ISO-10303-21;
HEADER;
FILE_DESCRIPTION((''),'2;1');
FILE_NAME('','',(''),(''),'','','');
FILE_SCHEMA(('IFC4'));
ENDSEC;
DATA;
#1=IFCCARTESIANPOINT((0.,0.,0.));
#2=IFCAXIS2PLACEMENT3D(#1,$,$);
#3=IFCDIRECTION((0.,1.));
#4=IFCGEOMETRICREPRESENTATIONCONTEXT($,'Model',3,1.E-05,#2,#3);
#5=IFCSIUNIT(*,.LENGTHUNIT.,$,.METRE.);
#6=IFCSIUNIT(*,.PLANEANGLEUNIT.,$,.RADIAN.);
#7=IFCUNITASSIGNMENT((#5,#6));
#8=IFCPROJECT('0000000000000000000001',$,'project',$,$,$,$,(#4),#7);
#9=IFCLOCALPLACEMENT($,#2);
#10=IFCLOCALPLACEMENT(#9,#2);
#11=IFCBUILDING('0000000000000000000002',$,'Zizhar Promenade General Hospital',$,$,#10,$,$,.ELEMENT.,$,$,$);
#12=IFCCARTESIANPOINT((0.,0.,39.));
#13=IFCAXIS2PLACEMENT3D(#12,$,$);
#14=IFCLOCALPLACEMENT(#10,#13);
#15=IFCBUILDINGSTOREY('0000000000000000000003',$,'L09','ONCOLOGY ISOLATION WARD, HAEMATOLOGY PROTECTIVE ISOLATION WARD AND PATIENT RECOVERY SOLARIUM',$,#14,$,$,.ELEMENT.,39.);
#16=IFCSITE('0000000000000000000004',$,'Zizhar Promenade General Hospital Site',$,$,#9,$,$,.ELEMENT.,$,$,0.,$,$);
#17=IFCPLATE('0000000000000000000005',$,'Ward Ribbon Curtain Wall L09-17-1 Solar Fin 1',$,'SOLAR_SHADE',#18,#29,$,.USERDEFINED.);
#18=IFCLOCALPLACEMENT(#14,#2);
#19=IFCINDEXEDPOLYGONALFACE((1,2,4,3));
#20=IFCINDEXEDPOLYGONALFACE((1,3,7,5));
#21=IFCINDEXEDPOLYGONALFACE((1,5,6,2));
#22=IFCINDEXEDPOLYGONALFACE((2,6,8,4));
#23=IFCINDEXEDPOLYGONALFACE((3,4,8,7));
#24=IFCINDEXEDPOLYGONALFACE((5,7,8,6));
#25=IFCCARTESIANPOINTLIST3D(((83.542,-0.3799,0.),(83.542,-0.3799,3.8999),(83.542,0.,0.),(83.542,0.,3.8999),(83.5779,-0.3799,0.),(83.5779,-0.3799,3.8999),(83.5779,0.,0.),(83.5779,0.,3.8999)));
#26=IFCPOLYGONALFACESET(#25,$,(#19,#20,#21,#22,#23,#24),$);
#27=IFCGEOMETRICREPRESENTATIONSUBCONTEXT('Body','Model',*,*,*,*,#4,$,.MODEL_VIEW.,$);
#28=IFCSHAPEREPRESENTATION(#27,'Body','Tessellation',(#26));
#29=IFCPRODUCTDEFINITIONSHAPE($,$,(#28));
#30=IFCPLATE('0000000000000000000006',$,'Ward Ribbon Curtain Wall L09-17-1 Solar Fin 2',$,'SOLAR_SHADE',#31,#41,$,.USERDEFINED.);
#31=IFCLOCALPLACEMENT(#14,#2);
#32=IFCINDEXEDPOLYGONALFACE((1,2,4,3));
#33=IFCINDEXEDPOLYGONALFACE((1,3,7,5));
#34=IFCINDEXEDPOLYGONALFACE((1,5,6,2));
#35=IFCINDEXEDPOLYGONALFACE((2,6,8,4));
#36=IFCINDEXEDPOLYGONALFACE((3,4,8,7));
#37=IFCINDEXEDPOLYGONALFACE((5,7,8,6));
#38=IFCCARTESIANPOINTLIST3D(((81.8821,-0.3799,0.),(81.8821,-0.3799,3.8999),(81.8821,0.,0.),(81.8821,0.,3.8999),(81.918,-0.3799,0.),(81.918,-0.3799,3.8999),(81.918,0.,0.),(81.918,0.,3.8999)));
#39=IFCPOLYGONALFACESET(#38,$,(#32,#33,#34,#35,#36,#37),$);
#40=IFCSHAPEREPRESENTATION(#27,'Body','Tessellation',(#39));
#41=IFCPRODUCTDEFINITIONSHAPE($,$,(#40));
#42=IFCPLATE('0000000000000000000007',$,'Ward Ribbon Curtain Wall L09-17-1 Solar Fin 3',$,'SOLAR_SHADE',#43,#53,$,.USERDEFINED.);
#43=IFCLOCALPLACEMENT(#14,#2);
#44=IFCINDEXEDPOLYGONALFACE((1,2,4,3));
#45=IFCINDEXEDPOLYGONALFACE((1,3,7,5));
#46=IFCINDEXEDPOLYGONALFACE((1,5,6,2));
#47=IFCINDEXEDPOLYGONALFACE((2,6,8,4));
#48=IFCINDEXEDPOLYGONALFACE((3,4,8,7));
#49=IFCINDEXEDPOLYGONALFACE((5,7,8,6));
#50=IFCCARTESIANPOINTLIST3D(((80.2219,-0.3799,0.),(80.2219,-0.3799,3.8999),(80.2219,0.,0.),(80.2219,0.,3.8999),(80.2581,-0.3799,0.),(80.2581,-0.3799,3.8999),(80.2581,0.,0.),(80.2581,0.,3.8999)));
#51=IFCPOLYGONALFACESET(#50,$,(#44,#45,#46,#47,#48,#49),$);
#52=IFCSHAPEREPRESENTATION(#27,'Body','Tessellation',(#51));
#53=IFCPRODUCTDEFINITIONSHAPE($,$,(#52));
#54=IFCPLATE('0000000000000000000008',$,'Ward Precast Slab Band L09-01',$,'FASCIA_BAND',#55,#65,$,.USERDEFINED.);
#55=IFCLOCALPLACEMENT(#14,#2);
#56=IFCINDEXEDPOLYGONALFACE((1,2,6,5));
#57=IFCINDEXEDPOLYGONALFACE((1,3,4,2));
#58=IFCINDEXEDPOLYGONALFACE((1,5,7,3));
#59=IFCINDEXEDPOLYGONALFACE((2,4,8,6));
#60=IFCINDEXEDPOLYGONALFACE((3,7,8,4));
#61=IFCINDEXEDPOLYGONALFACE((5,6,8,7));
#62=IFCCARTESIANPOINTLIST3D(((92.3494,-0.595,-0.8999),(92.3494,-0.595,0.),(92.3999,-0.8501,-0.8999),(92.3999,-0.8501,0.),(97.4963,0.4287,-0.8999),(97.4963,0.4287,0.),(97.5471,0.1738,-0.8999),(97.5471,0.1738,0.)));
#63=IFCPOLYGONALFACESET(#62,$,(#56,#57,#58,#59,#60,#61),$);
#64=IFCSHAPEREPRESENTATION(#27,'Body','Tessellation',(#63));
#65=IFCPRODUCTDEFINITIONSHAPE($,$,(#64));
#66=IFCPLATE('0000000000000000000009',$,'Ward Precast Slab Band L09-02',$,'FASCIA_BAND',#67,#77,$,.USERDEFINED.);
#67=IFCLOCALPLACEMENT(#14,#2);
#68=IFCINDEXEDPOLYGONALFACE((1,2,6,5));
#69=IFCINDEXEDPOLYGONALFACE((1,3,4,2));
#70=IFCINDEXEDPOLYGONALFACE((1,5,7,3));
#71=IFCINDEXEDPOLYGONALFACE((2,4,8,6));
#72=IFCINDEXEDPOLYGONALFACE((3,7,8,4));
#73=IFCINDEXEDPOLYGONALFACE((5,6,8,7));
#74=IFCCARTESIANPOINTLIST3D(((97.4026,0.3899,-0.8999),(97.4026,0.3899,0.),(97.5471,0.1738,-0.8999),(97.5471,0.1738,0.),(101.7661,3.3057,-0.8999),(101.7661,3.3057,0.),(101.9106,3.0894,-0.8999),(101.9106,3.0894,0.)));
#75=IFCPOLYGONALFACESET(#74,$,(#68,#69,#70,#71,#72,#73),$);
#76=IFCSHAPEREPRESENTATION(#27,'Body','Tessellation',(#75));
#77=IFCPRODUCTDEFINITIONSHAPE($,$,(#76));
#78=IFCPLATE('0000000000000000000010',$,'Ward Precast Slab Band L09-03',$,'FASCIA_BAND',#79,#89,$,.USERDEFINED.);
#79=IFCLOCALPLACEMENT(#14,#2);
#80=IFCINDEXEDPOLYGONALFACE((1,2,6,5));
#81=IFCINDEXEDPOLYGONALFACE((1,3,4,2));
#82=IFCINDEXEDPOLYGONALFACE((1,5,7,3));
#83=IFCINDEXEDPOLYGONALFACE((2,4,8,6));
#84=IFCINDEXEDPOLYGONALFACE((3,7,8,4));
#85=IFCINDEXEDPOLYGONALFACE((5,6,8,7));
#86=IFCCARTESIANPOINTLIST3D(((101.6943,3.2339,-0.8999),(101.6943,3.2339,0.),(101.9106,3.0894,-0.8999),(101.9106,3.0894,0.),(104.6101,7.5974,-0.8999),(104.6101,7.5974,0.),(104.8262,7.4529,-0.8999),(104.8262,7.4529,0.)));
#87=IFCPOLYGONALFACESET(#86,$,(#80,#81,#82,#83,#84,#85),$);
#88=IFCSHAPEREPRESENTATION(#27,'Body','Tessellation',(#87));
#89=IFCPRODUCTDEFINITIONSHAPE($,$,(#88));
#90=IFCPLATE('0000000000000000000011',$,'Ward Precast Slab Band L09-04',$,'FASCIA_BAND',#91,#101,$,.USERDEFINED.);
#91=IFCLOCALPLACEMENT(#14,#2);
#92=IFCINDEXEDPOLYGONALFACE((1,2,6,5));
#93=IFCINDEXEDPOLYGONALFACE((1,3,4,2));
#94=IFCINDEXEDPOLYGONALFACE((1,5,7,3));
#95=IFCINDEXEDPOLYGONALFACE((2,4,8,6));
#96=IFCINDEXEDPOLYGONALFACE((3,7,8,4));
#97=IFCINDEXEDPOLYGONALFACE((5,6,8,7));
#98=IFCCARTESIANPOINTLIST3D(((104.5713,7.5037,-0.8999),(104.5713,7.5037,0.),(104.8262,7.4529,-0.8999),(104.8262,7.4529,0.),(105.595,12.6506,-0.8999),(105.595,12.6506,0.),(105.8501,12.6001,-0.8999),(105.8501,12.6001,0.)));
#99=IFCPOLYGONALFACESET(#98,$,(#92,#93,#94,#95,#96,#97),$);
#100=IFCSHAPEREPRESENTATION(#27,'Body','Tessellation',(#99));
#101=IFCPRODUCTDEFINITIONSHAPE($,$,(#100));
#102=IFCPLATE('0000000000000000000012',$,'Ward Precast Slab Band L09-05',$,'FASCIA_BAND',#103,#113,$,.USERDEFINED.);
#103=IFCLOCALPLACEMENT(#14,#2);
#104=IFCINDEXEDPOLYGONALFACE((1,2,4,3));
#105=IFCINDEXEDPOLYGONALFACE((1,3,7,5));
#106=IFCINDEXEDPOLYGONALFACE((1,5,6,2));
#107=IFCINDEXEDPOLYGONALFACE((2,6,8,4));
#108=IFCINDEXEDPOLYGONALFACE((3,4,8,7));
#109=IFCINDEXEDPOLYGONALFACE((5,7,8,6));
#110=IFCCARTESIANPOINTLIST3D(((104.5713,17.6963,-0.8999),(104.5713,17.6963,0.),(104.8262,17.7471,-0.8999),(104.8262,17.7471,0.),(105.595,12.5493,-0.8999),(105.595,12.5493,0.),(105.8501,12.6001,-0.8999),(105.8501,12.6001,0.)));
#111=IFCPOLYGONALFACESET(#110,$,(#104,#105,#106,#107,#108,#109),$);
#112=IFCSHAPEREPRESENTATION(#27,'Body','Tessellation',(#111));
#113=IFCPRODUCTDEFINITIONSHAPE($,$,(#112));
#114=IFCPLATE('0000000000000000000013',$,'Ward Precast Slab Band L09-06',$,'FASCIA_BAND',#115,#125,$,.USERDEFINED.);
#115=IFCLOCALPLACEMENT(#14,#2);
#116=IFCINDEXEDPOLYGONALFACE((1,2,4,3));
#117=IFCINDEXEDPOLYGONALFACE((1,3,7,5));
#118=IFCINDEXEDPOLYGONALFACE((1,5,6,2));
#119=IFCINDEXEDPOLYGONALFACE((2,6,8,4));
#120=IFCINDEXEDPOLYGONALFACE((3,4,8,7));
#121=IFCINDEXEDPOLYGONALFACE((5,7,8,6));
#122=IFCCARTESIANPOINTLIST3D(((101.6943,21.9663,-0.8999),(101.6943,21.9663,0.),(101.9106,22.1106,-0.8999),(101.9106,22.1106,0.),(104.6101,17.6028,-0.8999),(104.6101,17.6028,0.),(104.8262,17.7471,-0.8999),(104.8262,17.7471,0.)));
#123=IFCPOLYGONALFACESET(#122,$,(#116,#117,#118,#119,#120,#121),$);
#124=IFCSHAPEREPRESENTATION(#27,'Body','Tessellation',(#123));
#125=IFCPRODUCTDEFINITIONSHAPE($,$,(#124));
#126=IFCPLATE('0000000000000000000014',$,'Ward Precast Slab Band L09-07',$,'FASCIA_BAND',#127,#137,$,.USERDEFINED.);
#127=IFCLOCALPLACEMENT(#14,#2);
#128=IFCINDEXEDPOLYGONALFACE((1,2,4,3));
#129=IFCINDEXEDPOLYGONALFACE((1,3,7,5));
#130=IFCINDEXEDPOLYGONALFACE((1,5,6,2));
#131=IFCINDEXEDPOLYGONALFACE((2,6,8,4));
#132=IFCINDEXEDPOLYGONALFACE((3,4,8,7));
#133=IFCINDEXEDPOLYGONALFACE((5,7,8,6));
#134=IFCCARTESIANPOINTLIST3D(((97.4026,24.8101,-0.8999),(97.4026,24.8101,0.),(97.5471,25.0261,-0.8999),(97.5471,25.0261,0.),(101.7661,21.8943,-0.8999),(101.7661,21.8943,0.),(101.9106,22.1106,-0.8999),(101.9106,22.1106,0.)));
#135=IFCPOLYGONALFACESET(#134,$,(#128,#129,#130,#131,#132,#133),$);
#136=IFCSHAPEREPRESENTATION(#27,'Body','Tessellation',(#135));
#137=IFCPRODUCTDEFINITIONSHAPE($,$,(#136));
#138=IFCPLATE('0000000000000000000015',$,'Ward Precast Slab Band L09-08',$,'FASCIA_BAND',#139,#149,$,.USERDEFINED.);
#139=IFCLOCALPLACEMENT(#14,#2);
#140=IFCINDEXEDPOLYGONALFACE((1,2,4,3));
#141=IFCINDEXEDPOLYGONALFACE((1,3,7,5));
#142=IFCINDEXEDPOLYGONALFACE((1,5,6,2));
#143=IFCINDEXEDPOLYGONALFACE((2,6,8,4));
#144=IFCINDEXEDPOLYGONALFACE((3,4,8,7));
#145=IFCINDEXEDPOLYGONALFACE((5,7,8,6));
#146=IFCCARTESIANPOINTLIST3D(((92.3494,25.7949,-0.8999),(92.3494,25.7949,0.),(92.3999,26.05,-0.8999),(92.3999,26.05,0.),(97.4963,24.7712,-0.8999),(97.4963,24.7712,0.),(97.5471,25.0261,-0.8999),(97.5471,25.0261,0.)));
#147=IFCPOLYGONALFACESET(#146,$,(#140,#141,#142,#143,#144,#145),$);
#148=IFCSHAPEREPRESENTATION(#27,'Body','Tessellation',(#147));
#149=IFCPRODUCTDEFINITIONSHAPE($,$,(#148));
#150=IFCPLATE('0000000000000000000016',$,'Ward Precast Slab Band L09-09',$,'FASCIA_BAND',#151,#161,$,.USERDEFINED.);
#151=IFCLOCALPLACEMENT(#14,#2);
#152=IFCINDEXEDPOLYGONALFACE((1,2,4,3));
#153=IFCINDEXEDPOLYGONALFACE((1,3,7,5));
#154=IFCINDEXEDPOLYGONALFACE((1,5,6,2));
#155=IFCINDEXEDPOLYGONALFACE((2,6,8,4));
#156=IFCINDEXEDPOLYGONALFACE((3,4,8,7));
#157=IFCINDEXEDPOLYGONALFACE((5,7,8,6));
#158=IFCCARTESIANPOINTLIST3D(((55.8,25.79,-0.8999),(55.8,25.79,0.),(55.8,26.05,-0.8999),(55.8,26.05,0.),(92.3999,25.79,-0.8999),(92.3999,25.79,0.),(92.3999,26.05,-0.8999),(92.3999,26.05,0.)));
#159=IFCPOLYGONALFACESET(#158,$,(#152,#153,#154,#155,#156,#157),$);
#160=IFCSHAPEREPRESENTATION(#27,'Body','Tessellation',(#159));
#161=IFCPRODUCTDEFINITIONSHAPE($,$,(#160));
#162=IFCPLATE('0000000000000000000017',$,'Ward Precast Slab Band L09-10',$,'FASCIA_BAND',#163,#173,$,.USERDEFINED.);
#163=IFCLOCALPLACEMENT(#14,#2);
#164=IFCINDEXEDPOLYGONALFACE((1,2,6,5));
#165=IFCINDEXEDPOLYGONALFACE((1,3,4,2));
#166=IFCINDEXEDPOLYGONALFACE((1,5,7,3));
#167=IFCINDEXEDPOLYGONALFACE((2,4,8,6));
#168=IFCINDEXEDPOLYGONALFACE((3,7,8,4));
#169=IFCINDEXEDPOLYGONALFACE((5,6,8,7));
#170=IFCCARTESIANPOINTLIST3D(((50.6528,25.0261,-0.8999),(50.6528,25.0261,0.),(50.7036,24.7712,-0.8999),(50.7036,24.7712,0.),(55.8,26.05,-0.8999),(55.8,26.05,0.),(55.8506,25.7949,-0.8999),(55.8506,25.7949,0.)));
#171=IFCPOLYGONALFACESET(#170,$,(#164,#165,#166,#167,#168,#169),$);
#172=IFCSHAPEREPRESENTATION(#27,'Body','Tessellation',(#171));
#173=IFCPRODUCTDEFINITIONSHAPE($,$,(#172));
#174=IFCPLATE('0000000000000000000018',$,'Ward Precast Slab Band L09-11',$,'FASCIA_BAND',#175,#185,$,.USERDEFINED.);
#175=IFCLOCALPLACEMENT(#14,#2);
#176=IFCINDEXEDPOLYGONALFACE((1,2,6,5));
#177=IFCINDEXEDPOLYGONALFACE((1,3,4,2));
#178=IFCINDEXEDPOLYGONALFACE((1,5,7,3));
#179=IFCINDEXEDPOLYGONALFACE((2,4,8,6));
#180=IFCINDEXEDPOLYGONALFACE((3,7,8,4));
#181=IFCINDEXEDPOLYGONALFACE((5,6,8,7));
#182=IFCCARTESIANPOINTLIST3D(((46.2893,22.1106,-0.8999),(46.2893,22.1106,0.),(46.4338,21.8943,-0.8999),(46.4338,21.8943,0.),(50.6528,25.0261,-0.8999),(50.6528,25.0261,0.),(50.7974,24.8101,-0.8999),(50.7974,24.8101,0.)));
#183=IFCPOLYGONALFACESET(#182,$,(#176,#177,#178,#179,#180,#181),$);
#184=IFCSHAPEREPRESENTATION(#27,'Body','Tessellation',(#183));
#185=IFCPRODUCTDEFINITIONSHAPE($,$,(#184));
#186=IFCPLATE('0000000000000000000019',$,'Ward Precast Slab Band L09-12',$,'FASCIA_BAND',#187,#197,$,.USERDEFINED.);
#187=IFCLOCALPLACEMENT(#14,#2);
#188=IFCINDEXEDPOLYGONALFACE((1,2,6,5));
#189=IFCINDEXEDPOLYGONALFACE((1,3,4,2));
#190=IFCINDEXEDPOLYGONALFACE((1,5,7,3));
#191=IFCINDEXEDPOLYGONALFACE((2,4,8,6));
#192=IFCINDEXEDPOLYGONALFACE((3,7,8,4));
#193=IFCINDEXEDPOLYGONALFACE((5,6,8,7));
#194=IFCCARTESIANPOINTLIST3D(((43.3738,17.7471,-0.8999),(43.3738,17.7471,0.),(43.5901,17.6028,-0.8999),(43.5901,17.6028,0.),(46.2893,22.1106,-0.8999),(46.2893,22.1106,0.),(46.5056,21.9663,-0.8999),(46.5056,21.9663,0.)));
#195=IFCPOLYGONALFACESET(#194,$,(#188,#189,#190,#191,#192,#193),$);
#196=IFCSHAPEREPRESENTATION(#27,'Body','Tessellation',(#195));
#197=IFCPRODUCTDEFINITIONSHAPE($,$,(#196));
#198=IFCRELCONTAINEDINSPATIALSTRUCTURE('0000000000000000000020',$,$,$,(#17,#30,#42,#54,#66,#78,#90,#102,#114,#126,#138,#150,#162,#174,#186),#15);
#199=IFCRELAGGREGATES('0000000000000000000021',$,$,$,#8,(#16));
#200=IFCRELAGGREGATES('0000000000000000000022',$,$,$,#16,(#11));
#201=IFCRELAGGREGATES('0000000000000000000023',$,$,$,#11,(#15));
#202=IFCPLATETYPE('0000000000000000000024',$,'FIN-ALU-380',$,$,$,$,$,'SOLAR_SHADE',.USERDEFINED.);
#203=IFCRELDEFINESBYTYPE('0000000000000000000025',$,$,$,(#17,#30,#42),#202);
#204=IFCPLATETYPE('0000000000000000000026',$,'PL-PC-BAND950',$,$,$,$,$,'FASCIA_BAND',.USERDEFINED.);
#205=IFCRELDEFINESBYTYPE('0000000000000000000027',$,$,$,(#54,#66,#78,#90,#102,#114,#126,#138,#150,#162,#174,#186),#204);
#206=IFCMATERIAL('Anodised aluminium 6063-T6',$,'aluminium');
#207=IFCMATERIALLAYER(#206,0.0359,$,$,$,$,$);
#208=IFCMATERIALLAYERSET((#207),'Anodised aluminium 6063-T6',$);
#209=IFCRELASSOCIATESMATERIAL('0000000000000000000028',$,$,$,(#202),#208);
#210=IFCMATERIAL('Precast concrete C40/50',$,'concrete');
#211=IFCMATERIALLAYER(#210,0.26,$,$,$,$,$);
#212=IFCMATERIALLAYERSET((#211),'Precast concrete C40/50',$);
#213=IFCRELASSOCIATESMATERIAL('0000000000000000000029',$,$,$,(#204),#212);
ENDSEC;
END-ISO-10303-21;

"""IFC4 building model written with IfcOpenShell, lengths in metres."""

from ifc_helpers import new_model, si_unit, direction, frame, origin, place, context, subcontext, project, spatial, polyline, outline, extrude, material, layer, layer_set, type_object, element, save


model = new_model("IFC4")

# Units and contexts
model_context = context("Model", 3, precision=1e-05, world=origin(), true_north=direction((0.0, 1.0)))
body_context = subcontext(model_context, "Body", "Model", "MODEL_VIEW")
ifc_project = project(units=[si_unit("LENGTHUNIT", "METRE"), si_unit("PLANEANGLEUNIT", "RADIAN")], contexts=[model_context])

# Site, building, storey
site_placement = place(None, origin())
site = spatial("IfcSite", under=ifc_project, at=site_placement, Name="Zizhar Promenade General Hospital Site", CompositionType="ELEMENT", RefElevation=0.0)
building_placement = place(site_placement, origin())
building = spatial("IfcBuilding", under=site, at=building_placement, Name="Zizhar Promenade General Hospital", CompositionType="ELEMENT")
storey_placement = place(building_placement, frame((0.0, 0.0, 39.0)))
storey = spatial("IfcBuildingStorey", under=building, at=storey_placement, Name="L09", Description="ONCOLOGY ISOLATION WARD, HAEMATOLOGY PROTECTIVE ISOLATION WARD AND PATIENT RECOVERY SOLARIUM", CompositionType="ELEMENT", Elevation=39.0)

# Plates
ifc_material_1 = material(Name="Anodised aluminium 6063-T6", Category="aluminium")
ifc_layer_1 = layer(ifc_material_1, 0.0359)
ifc_layer_set_1 = layer_set([ifc_layer_1], Name="Anodised aluminium 6063-T6")
plate_type_1 = type_object("IfcPlateType", Name="FIN-ALU-380", ElementType="SOLAR_SHADE", PredefinedType="USERDEFINED", material=ifc_layer_set_1)
plate_1_placement = place(storey_placement, origin())
element("IfcPlate", 1, at=plate_1_placement, inside=storey, type_object=plate_type_1, Name="Ward Ribbon Curtain Wall L09-17-1 Solar Fin 1", ObjectType="SOLAR_SHADE", PredefinedType="USERDEFINED", context=body_context, shape_type="SweptSolid", body=[
    extrude(outline(polyline([(83.5779, 0.0), (83.542, 0.0), (83.542, -0.3799), (83.5779, -0.3799), (83.5779, 0.0)])), origin(), (0.0, 0.0, 1.0), 3.8999),
])
plate_2_placement = place(storey_placement, origin())
element("IfcPlate", 2, at=plate_2_placement, inside=storey, type_object=plate_type_1, Name="Ward Ribbon Curtain Wall L09-17-1 Solar Fin 2", ObjectType="SOLAR_SHADE", PredefinedType="USERDEFINED", context=body_context, shape_type="SweptSolid", body=[
    extrude(outline(polyline([(81.918, 0.0), (81.8821, 0.0), (81.8821, -0.3799), (81.918, -0.3799), (81.918, 0.0)])), origin(), (0.0, 0.0, 1.0), 3.8999),
])
plate_3_placement = place(storey_placement, origin())
element("IfcPlate", 3, at=plate_3_placement, inside=storey, type_object=plate_type_1, Name="Ward Ribbon Curtain Wall L09-17-1 Solar Fin 3", ObjectType="SOLAR_SHADE", PredefinedType="USERDEFINED", context=body_context, shape_type="SweptSolid", body=[
    extrude(outline(polyline([(80.2581, 0.0), (80.2219, 0.0), (80.2219, -0.3799), (80.2581, -0.3799), (80.2581, 0.0)])), origin(), (0.0, 0.0, 1.0), 3.8999),
])
ifc_material_2 = material(Name="Precast concrete C40/50", Category="concrete")
ifc_layer_2 = layer(ifc_material_2, 0.26)
ifc_layer_set_2 = layer_set([ifc_layer_2], Name="Precast concrete C40/50")
plate_type_2 = type_object("IfcPlateType", Name="PL-PC-BAND950", ElementType="FASCIA_BAND", PredefinedType="USERDEFINED", material=ifc_layer_set_2)
plate_4_placement = place(storey_placement, frame((0.0, 0.0, -0.8999)))
element("IfcPlate", 4, at=plate_4_placement, inside=storey, type_object=plate_type_2, Name="Ward Precast Slab Band L09-01", ObjectType="FASCIA_BAND", PredefinedType="USERDEFINED", context=body_context, shape_type="SweptSolid", body=[
    extrude(outline(polyline([(92.3999, -0.8501), (97.5471, 0.1738), (97.4963, 0.4287), (92.3494, -0.595), (92.3999, -0.8501)])), origin(), (0.0, 0.0, 1.0), 0.8999),
])
plate_5_placement = place(storey_placement, frame((0.0, 0.0, -0.8999)))
element("IfcPlate", 5, at=plate_5_placement, inside=storey, type_object=plate_type_2, Name="Ward Precast Slab Band L09-02", ObjectType="FASCIA_BAND", PredefinedType="USERDEFINED", context=body_context, shape_type="SweptSolid", body=[
    extrude(outline(polyline([(97.5471, 0.1738), (101.9106, 3.0894), (101.7661, 3.3057), (97.4026, 0.3899), (97.5471, 0.1738)])), origin(), (0.0, 0.0, 1.0), 0.8999),
])
plate_6_placement = place(storey_placement, frame((0.0, 0.0, -0.8999)))
element("IfcPlate", 6, at=plate_6_placement, inside=storey, type_object=plate_type_2, Name="Ward Precast Slab Band L09-03", ObjectType="FASCIA_BAND", PredefinedType="USERDEFINED", context=body_context, shape_type="SweptSolid", body=[
    extrude(outline(polyline([(101.9106, 3.0894), (104.8262, 7.4529), (104.6101, 7.5974), (101.6943, 3.2339), (101.9106, 3.0894)])), origin(), (0.0, 0.0, 1.0), 0.8999),
])
plate_7_placement = place(storey_placement, frame((0.0, 0.0, -0.8999)))
element("IfcPlate", 7, at=plate_7_placement, inside=storey, type_object=plate_type_2, Name="Ward Precast Slab Band L09-04", ObjectType="FASCIA_BAND", PredefinedType="USERDEFINED", context=body_context, shape_type="SweptSolid", body=[
    extrude(outline(polyline([(104.8262, 7.4529), (105.8501, 12.6001), (105.595, 12.6506), (104.5713, 7.5037), (104.8262, 7.4529)])), origin(), (0.0, 0.0, 1.0), 0.8999),
])
plate_8_placement = place(storey_placement, frame((0.0, 0.0, -0.8999)))
element("IfcPlate", 8, at=plate_8_placement, inside=storey, type_object=plate_type_2, Name="Ward Precast Slab Band L09-05", ObjectType="FASCIA_BAND", PredefinedType="USERDEFINED", context=body_context, shape_type="SweptSolid", body=[
    extrude(outline(polyline([(105.8501, 12.6001), (104.8262, 17.7471), (104.5713, 17.6963), (105.595, 12.5493), (105.8501, 12.6001)])), origin(), (0.0, 0.0, 1.0), 0.8999),
])
plate_9_placement = place(storey_placement, frame((0.0, 0.0, -0.8999)))
element("IfcPlate", 9, at=plate_9_placement, inside=storey, type_object=plate_type_2, Name="Ward Precast Slab Band L09-06", ObjectType="FASCIA_BAND", PredefinedType="USERDEFINED", context=body_context, shape_type="SweptSolid", body=[
    extrude(outline(polyline([(104.8262, 17.7471), (101.9106, 22.1106), (101.6943, 21.9663), (104.6101, 17.6028), (104.8262, 17.7471)])), origin(), (0.0, 0.0, 1.0), 0.8999),
])
plate_10_placement = place(storey_placement, frame((0.0, 0.0, -0.8999)))
element("IfcPlate", 10, at=plate_10_placement, inside=storey, type_object=plate_type_2, Name="Ward Precast Slab Band L09-07", ObjectType="FASCIA_BAND", PredefinedType="USERDEFINED", context=body_context, shape_type="SweptSolid", body=[
    extrude(outline(polyline([(101.9106, 22.1106), (97.5471, 25.0261), (97.4026, 24.8101), (101.7661, 21.8943), (101.9106, 22.1106)])), origin(), (0.0, 0.0, 1.0), 0.8999),
])
plate_11_placement = place(storey_placement, frame((0.0, 0.0, -0.8999)))
element("IfcPlate", 11, at=plate_11_placement, inside=storey, type_object=plate_type_2, Name="Ward Precast Slab Band L09-08", ObjectType="FASCIA_BAND", PredefinedType="USERDEFINED", context=body_context, shape_type="SweptSolid", body=[
    extrude(outline(polyline([(97.5471, 25.0261), (92.3999, 26.05), (92.3494, 25.7949), (97.4963, 24.7712), (97.5471, 25.0261)])), origin(), (0.0, 0.0, 1.0), 0.8999),
])
plate_12_placement = place(storey_placement, frame((0.0, 0.0, -0.8999)))
element("IfcPlate", 12, at=plate_12_placement, inside=storey, type_object=plate_type_2, Name="Ward Precast Slab Band L09-09", ObjectType="FASCIA_BAND", PredefinedType="USERDEFINED", context=body_context, shape_type="SweptSolid", body=[
    extrude(outline(polyline([(92.3999, 26.05), (55.8, 26.05), (55.8, 25.79), (92.3999, 25.79), (92.3999, 26.05)])), origin(), (0.0, 0.0, 1.0), 0.8999),
])
plate_13_placement = place(storey_placement, frame((0.0, 0.0, -0.8999)))
element("IfcPlate", 13, at=plate_13_placement, inside=storey, type_object=plate_type_2, Name="Ward Precast Slab Band L09-10", ObjectType="FASCIA_BAND", PredefinedType="USERDEFINED", context=body_context, shape_type="SweptSolid", body=[
    extrude(outline(polyline([(55.8, 26.05), (50.6528, 25.0261), (50.7036, 24.7712), (55.8506, 25.7949), (55.8, 26.05)])), origin(), (0.0, 0.0, 1.0), 0.8999),
])
plate_14_placement = place(storey_placement, frame((0.0, 0.0, -0.8999)))
element("IfcPlate", 14, at=plate_14_placement, inside=storey, type_object=plate_type_2, Name="Ward Precast Slab Band L09-11", ObjectType="FASCIA_BAND", PredefinedType="USERDEFINED", context=body_context, shape_type="SweptSolid", body=[
    extrude(outline(polyline([(50.6528, 25.0261), (46.2893, 22.1106), (46.4338, 21.8943), (50.7974, 24.8101), (50.6528, 25.0261)])), origin(), (0.0, 0.0, 1.0), 0.8999),
])
plate_15_placement = place(storey_placement, frame((0.0, 0.0, -0.8999)))
element("IfcPlate", 15, at=plate_15_placement, inside=storey, type_object=plate_type_2, Name="Ward Precast Slab Band L09-12", ObjectType="FASCIA_BAND", PredefinedType="USERDEFINED", context=body_context, shape_type="SweptSolid", body=[
    extrude(outline(polyline([(46.2893, 22.1106), (43.3738, 17.7471), (43.5901, 17.6028), (46.5056, 21.9663), (46.2893, 22.1106)])), origin(), (0.0, 0.0, 1.0), 0.8999),
])

save(model, "model.ifc")
